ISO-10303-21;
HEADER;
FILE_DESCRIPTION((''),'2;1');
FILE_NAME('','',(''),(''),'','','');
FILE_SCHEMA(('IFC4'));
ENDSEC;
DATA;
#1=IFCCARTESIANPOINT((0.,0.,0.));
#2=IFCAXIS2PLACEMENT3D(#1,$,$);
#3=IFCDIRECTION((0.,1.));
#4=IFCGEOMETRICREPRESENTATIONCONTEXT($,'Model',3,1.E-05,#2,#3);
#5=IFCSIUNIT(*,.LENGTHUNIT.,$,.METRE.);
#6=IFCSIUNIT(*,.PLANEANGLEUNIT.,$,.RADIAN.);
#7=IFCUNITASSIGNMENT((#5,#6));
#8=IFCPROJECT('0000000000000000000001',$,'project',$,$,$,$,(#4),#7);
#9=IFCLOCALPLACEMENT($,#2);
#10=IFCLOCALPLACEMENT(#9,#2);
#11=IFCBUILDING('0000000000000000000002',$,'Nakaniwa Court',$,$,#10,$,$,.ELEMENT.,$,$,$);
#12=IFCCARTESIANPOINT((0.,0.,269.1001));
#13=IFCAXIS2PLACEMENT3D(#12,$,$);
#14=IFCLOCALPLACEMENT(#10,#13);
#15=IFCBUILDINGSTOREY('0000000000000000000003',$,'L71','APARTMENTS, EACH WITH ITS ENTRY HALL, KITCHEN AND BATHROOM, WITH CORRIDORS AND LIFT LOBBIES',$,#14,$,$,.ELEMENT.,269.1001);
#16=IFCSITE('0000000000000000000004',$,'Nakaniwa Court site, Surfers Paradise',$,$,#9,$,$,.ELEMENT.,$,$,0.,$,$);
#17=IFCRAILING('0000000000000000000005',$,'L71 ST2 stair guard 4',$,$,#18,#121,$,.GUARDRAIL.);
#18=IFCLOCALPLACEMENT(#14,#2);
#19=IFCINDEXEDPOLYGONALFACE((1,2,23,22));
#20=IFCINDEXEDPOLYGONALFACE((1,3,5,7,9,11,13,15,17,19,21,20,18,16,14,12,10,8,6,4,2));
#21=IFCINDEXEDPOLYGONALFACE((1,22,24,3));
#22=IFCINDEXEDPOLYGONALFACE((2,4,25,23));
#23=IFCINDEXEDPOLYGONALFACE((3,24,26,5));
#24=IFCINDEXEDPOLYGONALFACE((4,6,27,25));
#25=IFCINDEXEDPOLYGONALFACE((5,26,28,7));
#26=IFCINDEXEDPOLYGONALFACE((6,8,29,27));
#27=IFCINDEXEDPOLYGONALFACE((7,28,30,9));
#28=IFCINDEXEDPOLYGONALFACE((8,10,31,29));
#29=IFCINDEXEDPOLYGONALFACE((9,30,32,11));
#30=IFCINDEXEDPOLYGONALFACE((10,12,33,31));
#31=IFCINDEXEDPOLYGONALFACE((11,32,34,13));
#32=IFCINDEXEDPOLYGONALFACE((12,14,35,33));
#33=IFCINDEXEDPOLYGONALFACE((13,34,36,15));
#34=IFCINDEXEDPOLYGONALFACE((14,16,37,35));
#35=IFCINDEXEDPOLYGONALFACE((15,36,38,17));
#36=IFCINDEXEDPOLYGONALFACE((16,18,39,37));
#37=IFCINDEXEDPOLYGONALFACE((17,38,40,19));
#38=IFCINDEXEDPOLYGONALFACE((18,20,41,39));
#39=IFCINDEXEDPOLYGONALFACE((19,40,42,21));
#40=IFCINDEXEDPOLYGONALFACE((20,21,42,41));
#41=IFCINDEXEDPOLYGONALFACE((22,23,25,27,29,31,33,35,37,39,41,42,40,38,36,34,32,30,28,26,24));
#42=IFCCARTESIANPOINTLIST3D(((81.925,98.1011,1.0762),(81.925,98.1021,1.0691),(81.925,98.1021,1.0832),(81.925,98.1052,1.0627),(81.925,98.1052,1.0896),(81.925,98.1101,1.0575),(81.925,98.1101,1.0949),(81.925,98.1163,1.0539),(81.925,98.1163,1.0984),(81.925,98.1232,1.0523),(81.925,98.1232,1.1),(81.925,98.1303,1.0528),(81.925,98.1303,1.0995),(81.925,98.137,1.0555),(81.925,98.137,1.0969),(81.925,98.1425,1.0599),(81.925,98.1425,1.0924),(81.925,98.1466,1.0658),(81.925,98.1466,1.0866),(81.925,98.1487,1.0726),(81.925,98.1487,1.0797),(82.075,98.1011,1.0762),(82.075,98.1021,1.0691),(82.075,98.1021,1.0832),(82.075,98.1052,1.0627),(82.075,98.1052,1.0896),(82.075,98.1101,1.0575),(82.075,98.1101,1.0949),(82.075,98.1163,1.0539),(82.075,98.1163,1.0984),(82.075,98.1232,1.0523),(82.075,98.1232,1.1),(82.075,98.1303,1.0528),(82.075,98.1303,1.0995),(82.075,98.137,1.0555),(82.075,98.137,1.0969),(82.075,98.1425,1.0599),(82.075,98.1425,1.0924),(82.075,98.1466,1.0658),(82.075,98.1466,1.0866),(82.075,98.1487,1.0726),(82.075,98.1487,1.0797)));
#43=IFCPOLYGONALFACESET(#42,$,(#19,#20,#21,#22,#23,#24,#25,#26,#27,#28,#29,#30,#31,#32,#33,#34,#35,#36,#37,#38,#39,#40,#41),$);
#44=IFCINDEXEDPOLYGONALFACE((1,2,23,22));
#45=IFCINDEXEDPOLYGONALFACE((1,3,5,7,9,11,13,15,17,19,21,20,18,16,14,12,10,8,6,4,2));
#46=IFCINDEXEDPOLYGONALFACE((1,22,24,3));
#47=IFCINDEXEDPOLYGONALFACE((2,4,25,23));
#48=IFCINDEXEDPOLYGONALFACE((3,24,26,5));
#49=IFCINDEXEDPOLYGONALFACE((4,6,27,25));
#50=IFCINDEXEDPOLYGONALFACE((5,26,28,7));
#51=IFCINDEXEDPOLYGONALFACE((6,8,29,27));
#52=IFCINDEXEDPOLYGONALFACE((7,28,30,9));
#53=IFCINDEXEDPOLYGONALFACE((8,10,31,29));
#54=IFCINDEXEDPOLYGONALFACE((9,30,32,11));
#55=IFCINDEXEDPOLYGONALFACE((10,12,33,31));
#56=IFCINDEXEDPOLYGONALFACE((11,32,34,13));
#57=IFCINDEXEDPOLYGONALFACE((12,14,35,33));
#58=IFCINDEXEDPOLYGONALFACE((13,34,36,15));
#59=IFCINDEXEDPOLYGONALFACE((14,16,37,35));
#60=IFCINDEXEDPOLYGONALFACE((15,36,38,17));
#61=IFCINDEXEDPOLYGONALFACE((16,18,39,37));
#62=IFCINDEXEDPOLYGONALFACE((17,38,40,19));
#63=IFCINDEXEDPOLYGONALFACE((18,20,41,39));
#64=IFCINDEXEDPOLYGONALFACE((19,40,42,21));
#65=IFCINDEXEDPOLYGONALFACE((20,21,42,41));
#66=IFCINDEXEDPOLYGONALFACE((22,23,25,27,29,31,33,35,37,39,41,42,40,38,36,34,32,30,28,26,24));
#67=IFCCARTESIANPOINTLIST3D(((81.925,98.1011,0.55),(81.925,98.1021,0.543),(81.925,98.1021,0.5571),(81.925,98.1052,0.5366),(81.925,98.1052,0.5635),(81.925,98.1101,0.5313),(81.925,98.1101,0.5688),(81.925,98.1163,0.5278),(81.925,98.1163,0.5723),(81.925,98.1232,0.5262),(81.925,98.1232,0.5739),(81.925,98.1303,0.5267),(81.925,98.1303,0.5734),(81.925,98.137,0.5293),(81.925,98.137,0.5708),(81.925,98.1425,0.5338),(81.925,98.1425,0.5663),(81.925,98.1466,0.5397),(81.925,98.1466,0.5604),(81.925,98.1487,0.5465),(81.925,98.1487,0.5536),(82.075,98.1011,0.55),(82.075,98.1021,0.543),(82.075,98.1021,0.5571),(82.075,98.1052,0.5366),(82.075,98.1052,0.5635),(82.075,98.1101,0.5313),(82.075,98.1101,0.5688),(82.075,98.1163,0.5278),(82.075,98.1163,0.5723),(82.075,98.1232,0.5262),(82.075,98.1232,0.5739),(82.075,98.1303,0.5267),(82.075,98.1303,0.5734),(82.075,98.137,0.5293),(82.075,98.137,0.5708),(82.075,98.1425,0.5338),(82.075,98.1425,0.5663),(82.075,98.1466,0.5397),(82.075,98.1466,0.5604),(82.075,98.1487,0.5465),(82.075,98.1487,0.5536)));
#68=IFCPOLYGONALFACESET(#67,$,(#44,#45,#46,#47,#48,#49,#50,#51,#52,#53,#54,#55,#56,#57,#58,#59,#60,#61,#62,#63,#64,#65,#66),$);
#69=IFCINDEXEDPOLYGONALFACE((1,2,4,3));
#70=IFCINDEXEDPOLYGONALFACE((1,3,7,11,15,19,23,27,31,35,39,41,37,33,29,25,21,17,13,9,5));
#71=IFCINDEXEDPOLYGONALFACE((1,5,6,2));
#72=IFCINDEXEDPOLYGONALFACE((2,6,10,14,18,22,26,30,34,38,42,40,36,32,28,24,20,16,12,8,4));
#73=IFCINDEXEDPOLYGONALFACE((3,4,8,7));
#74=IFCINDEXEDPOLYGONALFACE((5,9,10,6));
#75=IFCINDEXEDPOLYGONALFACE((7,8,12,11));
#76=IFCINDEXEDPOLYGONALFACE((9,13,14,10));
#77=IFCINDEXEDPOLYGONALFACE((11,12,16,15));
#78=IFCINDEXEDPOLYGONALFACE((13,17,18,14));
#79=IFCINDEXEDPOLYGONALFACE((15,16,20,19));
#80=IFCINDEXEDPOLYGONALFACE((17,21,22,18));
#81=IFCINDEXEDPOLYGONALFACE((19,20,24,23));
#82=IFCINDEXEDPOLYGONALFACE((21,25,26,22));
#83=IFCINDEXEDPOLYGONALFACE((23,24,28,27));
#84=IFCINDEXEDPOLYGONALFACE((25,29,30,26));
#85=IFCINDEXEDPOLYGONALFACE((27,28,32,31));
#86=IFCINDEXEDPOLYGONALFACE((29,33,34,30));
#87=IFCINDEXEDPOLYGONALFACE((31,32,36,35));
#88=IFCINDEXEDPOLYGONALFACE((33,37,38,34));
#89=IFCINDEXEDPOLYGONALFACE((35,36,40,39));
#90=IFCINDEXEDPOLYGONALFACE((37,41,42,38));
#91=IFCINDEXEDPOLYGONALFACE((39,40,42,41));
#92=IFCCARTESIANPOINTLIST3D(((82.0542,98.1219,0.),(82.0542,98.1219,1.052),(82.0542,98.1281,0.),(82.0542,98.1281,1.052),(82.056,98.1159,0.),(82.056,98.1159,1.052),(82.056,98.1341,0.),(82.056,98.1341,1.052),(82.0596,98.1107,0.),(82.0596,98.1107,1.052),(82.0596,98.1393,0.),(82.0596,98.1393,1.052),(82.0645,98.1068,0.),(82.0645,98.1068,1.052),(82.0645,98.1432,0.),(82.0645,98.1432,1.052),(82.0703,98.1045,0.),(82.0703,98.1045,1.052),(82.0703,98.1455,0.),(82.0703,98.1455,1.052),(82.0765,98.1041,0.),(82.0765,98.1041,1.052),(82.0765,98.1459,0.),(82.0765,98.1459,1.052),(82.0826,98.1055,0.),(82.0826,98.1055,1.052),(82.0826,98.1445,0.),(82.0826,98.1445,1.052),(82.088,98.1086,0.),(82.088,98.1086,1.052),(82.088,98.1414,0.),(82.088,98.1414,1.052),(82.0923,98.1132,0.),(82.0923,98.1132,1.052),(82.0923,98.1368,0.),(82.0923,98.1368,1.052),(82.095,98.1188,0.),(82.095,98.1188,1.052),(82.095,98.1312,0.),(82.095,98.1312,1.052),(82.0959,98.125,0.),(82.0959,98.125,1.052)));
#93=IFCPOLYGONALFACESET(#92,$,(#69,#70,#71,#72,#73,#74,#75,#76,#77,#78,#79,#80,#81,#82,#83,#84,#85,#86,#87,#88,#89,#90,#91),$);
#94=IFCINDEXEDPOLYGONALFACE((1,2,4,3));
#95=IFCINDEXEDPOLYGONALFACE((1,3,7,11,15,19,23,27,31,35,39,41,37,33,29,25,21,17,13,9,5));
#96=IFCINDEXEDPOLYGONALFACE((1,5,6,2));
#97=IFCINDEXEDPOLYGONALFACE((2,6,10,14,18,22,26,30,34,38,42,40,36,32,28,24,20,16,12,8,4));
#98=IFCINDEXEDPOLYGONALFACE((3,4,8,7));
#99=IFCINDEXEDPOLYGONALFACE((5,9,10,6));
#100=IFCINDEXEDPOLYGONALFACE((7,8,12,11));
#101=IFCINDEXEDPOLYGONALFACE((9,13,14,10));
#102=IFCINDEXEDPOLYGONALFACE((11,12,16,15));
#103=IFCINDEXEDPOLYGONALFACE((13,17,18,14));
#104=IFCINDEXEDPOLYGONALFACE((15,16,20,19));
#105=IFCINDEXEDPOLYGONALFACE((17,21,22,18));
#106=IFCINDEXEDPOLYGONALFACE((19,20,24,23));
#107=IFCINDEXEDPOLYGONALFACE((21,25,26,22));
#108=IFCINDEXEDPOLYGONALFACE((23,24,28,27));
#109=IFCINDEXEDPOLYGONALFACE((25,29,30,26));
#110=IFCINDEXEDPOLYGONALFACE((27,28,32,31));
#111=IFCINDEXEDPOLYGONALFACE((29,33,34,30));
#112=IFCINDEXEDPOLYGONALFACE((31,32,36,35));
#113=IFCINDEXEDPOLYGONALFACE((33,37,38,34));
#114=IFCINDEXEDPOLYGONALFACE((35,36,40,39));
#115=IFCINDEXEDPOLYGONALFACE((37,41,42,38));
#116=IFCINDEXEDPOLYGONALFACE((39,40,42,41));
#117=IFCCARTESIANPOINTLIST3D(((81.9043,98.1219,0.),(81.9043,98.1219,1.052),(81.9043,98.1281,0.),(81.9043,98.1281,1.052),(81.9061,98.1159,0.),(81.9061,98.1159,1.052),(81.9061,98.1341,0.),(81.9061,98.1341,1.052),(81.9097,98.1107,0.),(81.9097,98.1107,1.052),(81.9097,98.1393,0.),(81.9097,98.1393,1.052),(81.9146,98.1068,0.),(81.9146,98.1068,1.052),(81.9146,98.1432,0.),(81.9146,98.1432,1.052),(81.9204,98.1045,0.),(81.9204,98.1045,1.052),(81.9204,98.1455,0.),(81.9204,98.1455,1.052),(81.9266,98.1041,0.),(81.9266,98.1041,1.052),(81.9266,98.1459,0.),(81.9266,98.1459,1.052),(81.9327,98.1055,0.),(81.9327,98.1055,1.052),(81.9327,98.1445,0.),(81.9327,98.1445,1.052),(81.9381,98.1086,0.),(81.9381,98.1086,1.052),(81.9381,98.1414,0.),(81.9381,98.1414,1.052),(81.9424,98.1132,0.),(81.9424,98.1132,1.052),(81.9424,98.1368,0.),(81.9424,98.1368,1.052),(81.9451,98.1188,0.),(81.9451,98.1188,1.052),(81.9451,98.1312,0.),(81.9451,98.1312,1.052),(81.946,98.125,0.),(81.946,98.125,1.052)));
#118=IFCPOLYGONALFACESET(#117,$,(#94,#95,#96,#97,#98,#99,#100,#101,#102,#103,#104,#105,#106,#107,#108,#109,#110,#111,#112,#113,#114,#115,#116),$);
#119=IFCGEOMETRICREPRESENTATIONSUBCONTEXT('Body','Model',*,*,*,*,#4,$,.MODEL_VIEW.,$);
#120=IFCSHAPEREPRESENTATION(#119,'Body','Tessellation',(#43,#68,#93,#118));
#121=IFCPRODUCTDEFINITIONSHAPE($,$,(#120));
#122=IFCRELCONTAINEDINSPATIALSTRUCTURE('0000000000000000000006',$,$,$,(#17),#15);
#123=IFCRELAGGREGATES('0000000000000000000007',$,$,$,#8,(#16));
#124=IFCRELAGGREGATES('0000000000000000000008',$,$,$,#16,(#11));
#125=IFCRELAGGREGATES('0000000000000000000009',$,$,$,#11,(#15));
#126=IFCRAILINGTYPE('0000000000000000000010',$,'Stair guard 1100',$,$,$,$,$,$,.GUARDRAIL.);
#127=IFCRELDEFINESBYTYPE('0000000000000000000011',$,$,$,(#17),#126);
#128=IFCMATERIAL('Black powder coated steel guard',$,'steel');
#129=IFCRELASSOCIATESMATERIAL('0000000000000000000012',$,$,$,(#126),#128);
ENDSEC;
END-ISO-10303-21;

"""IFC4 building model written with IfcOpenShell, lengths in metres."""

from ifc_helpers import new_model, si_unit, direction, frame, origin, origin_2d, place, context, subcontext, project, spatial, circle, extrude, material, type_object, element, save


model = new_model("IFC4")

# Units and contexts
model_context = context("Model", 3, precision=1e-05, world=origin(), true_north=direction((0.0, 1.0)))
body_context = subcontext(model_context, "Body", "Model", "MODEL_VIEW")
ifc_project = project(units=[si_unit("LENGTHUNIT", "METRE"), si_unit("PLANEANGLEUNIT", "RADIAN")], contexts=[model_context])

# Site, building, storey
site_placement = place(None, origin())
site = spatial("IfcSite", under=ifc_project, at=site_placement, Name="Nakaniwa Court site, Surfers Paradise", CompositionType="ELEMENT", RefElevation=0.0)
building_placement = place(site_placement, origin())
building = spatial("IfcBuilding", under=site, at=building_placement, Name="Nakaniwa Court", CompositionType="ELEMENT")
storey_placement = place(building_placement, frame((0.0, 0.0, 269.1001)))
storey = spatial("IfcBuildingStorey", under=building, at=storey_placement, Name="L71", Description="APARTMENTS, EACH WITH ITS ENTRY HALL, KITCHEN AND BATHROOM, WITH CORRIDORS AND LIFT LOBBIES", CompositionType="ELEMENT", Elevation=269.1001)

# Railing
ifc_material_1 = material(Name="Black powder coated steel guard", Category="steel")
railing_type_1 = type_object("IfcRailingType", Name="Stair guard 1100", PredefinedType="GUARDRAIL", material=ifc_material_1)
railing_1_placement = place(storey_placement, frame((82.075, 98.125, 0.0)))
element("IfcRailing", 1, at=railing_1_placement, inside=storey, type_object=railing_type_1, Name="L71 ST2 stair guard 4", PredefinedType="GUARDRAIL", context=body_context, shape_type="SweptSolid", body=[
    extrude(circle(Radius=0.0239, at=origin_2d()), frame((0.0, 0.0, 1.0762), z_axis=(-1.0, 0.0, 0.0), x_axis=(0.0, -1.0, 0.0)), (0.0, 0.0, 1.0), 0.1499),
    extrude(circle(Radius=0.0239, at=origin_2d()), frame((0.0, 0.0, 0.55), z_axis=(-1.0, 0.0, 0.0), x_axis=(0.0, -1.0, 0.0)), (0.0, 0.0, 1.0), 0.1499),
    extrude(circle(Radius=0.021, at=origin_2d()), origin(), (0.0, 0.0, 1.0), 1.052),
    extrude(circle(Radius=0.021, at=origin_2d()), frame((-0.1499, 0.0, 0.0)), (0.0, 0.0, 1.0), 1.052),
])

save(model, "model.ifc")
